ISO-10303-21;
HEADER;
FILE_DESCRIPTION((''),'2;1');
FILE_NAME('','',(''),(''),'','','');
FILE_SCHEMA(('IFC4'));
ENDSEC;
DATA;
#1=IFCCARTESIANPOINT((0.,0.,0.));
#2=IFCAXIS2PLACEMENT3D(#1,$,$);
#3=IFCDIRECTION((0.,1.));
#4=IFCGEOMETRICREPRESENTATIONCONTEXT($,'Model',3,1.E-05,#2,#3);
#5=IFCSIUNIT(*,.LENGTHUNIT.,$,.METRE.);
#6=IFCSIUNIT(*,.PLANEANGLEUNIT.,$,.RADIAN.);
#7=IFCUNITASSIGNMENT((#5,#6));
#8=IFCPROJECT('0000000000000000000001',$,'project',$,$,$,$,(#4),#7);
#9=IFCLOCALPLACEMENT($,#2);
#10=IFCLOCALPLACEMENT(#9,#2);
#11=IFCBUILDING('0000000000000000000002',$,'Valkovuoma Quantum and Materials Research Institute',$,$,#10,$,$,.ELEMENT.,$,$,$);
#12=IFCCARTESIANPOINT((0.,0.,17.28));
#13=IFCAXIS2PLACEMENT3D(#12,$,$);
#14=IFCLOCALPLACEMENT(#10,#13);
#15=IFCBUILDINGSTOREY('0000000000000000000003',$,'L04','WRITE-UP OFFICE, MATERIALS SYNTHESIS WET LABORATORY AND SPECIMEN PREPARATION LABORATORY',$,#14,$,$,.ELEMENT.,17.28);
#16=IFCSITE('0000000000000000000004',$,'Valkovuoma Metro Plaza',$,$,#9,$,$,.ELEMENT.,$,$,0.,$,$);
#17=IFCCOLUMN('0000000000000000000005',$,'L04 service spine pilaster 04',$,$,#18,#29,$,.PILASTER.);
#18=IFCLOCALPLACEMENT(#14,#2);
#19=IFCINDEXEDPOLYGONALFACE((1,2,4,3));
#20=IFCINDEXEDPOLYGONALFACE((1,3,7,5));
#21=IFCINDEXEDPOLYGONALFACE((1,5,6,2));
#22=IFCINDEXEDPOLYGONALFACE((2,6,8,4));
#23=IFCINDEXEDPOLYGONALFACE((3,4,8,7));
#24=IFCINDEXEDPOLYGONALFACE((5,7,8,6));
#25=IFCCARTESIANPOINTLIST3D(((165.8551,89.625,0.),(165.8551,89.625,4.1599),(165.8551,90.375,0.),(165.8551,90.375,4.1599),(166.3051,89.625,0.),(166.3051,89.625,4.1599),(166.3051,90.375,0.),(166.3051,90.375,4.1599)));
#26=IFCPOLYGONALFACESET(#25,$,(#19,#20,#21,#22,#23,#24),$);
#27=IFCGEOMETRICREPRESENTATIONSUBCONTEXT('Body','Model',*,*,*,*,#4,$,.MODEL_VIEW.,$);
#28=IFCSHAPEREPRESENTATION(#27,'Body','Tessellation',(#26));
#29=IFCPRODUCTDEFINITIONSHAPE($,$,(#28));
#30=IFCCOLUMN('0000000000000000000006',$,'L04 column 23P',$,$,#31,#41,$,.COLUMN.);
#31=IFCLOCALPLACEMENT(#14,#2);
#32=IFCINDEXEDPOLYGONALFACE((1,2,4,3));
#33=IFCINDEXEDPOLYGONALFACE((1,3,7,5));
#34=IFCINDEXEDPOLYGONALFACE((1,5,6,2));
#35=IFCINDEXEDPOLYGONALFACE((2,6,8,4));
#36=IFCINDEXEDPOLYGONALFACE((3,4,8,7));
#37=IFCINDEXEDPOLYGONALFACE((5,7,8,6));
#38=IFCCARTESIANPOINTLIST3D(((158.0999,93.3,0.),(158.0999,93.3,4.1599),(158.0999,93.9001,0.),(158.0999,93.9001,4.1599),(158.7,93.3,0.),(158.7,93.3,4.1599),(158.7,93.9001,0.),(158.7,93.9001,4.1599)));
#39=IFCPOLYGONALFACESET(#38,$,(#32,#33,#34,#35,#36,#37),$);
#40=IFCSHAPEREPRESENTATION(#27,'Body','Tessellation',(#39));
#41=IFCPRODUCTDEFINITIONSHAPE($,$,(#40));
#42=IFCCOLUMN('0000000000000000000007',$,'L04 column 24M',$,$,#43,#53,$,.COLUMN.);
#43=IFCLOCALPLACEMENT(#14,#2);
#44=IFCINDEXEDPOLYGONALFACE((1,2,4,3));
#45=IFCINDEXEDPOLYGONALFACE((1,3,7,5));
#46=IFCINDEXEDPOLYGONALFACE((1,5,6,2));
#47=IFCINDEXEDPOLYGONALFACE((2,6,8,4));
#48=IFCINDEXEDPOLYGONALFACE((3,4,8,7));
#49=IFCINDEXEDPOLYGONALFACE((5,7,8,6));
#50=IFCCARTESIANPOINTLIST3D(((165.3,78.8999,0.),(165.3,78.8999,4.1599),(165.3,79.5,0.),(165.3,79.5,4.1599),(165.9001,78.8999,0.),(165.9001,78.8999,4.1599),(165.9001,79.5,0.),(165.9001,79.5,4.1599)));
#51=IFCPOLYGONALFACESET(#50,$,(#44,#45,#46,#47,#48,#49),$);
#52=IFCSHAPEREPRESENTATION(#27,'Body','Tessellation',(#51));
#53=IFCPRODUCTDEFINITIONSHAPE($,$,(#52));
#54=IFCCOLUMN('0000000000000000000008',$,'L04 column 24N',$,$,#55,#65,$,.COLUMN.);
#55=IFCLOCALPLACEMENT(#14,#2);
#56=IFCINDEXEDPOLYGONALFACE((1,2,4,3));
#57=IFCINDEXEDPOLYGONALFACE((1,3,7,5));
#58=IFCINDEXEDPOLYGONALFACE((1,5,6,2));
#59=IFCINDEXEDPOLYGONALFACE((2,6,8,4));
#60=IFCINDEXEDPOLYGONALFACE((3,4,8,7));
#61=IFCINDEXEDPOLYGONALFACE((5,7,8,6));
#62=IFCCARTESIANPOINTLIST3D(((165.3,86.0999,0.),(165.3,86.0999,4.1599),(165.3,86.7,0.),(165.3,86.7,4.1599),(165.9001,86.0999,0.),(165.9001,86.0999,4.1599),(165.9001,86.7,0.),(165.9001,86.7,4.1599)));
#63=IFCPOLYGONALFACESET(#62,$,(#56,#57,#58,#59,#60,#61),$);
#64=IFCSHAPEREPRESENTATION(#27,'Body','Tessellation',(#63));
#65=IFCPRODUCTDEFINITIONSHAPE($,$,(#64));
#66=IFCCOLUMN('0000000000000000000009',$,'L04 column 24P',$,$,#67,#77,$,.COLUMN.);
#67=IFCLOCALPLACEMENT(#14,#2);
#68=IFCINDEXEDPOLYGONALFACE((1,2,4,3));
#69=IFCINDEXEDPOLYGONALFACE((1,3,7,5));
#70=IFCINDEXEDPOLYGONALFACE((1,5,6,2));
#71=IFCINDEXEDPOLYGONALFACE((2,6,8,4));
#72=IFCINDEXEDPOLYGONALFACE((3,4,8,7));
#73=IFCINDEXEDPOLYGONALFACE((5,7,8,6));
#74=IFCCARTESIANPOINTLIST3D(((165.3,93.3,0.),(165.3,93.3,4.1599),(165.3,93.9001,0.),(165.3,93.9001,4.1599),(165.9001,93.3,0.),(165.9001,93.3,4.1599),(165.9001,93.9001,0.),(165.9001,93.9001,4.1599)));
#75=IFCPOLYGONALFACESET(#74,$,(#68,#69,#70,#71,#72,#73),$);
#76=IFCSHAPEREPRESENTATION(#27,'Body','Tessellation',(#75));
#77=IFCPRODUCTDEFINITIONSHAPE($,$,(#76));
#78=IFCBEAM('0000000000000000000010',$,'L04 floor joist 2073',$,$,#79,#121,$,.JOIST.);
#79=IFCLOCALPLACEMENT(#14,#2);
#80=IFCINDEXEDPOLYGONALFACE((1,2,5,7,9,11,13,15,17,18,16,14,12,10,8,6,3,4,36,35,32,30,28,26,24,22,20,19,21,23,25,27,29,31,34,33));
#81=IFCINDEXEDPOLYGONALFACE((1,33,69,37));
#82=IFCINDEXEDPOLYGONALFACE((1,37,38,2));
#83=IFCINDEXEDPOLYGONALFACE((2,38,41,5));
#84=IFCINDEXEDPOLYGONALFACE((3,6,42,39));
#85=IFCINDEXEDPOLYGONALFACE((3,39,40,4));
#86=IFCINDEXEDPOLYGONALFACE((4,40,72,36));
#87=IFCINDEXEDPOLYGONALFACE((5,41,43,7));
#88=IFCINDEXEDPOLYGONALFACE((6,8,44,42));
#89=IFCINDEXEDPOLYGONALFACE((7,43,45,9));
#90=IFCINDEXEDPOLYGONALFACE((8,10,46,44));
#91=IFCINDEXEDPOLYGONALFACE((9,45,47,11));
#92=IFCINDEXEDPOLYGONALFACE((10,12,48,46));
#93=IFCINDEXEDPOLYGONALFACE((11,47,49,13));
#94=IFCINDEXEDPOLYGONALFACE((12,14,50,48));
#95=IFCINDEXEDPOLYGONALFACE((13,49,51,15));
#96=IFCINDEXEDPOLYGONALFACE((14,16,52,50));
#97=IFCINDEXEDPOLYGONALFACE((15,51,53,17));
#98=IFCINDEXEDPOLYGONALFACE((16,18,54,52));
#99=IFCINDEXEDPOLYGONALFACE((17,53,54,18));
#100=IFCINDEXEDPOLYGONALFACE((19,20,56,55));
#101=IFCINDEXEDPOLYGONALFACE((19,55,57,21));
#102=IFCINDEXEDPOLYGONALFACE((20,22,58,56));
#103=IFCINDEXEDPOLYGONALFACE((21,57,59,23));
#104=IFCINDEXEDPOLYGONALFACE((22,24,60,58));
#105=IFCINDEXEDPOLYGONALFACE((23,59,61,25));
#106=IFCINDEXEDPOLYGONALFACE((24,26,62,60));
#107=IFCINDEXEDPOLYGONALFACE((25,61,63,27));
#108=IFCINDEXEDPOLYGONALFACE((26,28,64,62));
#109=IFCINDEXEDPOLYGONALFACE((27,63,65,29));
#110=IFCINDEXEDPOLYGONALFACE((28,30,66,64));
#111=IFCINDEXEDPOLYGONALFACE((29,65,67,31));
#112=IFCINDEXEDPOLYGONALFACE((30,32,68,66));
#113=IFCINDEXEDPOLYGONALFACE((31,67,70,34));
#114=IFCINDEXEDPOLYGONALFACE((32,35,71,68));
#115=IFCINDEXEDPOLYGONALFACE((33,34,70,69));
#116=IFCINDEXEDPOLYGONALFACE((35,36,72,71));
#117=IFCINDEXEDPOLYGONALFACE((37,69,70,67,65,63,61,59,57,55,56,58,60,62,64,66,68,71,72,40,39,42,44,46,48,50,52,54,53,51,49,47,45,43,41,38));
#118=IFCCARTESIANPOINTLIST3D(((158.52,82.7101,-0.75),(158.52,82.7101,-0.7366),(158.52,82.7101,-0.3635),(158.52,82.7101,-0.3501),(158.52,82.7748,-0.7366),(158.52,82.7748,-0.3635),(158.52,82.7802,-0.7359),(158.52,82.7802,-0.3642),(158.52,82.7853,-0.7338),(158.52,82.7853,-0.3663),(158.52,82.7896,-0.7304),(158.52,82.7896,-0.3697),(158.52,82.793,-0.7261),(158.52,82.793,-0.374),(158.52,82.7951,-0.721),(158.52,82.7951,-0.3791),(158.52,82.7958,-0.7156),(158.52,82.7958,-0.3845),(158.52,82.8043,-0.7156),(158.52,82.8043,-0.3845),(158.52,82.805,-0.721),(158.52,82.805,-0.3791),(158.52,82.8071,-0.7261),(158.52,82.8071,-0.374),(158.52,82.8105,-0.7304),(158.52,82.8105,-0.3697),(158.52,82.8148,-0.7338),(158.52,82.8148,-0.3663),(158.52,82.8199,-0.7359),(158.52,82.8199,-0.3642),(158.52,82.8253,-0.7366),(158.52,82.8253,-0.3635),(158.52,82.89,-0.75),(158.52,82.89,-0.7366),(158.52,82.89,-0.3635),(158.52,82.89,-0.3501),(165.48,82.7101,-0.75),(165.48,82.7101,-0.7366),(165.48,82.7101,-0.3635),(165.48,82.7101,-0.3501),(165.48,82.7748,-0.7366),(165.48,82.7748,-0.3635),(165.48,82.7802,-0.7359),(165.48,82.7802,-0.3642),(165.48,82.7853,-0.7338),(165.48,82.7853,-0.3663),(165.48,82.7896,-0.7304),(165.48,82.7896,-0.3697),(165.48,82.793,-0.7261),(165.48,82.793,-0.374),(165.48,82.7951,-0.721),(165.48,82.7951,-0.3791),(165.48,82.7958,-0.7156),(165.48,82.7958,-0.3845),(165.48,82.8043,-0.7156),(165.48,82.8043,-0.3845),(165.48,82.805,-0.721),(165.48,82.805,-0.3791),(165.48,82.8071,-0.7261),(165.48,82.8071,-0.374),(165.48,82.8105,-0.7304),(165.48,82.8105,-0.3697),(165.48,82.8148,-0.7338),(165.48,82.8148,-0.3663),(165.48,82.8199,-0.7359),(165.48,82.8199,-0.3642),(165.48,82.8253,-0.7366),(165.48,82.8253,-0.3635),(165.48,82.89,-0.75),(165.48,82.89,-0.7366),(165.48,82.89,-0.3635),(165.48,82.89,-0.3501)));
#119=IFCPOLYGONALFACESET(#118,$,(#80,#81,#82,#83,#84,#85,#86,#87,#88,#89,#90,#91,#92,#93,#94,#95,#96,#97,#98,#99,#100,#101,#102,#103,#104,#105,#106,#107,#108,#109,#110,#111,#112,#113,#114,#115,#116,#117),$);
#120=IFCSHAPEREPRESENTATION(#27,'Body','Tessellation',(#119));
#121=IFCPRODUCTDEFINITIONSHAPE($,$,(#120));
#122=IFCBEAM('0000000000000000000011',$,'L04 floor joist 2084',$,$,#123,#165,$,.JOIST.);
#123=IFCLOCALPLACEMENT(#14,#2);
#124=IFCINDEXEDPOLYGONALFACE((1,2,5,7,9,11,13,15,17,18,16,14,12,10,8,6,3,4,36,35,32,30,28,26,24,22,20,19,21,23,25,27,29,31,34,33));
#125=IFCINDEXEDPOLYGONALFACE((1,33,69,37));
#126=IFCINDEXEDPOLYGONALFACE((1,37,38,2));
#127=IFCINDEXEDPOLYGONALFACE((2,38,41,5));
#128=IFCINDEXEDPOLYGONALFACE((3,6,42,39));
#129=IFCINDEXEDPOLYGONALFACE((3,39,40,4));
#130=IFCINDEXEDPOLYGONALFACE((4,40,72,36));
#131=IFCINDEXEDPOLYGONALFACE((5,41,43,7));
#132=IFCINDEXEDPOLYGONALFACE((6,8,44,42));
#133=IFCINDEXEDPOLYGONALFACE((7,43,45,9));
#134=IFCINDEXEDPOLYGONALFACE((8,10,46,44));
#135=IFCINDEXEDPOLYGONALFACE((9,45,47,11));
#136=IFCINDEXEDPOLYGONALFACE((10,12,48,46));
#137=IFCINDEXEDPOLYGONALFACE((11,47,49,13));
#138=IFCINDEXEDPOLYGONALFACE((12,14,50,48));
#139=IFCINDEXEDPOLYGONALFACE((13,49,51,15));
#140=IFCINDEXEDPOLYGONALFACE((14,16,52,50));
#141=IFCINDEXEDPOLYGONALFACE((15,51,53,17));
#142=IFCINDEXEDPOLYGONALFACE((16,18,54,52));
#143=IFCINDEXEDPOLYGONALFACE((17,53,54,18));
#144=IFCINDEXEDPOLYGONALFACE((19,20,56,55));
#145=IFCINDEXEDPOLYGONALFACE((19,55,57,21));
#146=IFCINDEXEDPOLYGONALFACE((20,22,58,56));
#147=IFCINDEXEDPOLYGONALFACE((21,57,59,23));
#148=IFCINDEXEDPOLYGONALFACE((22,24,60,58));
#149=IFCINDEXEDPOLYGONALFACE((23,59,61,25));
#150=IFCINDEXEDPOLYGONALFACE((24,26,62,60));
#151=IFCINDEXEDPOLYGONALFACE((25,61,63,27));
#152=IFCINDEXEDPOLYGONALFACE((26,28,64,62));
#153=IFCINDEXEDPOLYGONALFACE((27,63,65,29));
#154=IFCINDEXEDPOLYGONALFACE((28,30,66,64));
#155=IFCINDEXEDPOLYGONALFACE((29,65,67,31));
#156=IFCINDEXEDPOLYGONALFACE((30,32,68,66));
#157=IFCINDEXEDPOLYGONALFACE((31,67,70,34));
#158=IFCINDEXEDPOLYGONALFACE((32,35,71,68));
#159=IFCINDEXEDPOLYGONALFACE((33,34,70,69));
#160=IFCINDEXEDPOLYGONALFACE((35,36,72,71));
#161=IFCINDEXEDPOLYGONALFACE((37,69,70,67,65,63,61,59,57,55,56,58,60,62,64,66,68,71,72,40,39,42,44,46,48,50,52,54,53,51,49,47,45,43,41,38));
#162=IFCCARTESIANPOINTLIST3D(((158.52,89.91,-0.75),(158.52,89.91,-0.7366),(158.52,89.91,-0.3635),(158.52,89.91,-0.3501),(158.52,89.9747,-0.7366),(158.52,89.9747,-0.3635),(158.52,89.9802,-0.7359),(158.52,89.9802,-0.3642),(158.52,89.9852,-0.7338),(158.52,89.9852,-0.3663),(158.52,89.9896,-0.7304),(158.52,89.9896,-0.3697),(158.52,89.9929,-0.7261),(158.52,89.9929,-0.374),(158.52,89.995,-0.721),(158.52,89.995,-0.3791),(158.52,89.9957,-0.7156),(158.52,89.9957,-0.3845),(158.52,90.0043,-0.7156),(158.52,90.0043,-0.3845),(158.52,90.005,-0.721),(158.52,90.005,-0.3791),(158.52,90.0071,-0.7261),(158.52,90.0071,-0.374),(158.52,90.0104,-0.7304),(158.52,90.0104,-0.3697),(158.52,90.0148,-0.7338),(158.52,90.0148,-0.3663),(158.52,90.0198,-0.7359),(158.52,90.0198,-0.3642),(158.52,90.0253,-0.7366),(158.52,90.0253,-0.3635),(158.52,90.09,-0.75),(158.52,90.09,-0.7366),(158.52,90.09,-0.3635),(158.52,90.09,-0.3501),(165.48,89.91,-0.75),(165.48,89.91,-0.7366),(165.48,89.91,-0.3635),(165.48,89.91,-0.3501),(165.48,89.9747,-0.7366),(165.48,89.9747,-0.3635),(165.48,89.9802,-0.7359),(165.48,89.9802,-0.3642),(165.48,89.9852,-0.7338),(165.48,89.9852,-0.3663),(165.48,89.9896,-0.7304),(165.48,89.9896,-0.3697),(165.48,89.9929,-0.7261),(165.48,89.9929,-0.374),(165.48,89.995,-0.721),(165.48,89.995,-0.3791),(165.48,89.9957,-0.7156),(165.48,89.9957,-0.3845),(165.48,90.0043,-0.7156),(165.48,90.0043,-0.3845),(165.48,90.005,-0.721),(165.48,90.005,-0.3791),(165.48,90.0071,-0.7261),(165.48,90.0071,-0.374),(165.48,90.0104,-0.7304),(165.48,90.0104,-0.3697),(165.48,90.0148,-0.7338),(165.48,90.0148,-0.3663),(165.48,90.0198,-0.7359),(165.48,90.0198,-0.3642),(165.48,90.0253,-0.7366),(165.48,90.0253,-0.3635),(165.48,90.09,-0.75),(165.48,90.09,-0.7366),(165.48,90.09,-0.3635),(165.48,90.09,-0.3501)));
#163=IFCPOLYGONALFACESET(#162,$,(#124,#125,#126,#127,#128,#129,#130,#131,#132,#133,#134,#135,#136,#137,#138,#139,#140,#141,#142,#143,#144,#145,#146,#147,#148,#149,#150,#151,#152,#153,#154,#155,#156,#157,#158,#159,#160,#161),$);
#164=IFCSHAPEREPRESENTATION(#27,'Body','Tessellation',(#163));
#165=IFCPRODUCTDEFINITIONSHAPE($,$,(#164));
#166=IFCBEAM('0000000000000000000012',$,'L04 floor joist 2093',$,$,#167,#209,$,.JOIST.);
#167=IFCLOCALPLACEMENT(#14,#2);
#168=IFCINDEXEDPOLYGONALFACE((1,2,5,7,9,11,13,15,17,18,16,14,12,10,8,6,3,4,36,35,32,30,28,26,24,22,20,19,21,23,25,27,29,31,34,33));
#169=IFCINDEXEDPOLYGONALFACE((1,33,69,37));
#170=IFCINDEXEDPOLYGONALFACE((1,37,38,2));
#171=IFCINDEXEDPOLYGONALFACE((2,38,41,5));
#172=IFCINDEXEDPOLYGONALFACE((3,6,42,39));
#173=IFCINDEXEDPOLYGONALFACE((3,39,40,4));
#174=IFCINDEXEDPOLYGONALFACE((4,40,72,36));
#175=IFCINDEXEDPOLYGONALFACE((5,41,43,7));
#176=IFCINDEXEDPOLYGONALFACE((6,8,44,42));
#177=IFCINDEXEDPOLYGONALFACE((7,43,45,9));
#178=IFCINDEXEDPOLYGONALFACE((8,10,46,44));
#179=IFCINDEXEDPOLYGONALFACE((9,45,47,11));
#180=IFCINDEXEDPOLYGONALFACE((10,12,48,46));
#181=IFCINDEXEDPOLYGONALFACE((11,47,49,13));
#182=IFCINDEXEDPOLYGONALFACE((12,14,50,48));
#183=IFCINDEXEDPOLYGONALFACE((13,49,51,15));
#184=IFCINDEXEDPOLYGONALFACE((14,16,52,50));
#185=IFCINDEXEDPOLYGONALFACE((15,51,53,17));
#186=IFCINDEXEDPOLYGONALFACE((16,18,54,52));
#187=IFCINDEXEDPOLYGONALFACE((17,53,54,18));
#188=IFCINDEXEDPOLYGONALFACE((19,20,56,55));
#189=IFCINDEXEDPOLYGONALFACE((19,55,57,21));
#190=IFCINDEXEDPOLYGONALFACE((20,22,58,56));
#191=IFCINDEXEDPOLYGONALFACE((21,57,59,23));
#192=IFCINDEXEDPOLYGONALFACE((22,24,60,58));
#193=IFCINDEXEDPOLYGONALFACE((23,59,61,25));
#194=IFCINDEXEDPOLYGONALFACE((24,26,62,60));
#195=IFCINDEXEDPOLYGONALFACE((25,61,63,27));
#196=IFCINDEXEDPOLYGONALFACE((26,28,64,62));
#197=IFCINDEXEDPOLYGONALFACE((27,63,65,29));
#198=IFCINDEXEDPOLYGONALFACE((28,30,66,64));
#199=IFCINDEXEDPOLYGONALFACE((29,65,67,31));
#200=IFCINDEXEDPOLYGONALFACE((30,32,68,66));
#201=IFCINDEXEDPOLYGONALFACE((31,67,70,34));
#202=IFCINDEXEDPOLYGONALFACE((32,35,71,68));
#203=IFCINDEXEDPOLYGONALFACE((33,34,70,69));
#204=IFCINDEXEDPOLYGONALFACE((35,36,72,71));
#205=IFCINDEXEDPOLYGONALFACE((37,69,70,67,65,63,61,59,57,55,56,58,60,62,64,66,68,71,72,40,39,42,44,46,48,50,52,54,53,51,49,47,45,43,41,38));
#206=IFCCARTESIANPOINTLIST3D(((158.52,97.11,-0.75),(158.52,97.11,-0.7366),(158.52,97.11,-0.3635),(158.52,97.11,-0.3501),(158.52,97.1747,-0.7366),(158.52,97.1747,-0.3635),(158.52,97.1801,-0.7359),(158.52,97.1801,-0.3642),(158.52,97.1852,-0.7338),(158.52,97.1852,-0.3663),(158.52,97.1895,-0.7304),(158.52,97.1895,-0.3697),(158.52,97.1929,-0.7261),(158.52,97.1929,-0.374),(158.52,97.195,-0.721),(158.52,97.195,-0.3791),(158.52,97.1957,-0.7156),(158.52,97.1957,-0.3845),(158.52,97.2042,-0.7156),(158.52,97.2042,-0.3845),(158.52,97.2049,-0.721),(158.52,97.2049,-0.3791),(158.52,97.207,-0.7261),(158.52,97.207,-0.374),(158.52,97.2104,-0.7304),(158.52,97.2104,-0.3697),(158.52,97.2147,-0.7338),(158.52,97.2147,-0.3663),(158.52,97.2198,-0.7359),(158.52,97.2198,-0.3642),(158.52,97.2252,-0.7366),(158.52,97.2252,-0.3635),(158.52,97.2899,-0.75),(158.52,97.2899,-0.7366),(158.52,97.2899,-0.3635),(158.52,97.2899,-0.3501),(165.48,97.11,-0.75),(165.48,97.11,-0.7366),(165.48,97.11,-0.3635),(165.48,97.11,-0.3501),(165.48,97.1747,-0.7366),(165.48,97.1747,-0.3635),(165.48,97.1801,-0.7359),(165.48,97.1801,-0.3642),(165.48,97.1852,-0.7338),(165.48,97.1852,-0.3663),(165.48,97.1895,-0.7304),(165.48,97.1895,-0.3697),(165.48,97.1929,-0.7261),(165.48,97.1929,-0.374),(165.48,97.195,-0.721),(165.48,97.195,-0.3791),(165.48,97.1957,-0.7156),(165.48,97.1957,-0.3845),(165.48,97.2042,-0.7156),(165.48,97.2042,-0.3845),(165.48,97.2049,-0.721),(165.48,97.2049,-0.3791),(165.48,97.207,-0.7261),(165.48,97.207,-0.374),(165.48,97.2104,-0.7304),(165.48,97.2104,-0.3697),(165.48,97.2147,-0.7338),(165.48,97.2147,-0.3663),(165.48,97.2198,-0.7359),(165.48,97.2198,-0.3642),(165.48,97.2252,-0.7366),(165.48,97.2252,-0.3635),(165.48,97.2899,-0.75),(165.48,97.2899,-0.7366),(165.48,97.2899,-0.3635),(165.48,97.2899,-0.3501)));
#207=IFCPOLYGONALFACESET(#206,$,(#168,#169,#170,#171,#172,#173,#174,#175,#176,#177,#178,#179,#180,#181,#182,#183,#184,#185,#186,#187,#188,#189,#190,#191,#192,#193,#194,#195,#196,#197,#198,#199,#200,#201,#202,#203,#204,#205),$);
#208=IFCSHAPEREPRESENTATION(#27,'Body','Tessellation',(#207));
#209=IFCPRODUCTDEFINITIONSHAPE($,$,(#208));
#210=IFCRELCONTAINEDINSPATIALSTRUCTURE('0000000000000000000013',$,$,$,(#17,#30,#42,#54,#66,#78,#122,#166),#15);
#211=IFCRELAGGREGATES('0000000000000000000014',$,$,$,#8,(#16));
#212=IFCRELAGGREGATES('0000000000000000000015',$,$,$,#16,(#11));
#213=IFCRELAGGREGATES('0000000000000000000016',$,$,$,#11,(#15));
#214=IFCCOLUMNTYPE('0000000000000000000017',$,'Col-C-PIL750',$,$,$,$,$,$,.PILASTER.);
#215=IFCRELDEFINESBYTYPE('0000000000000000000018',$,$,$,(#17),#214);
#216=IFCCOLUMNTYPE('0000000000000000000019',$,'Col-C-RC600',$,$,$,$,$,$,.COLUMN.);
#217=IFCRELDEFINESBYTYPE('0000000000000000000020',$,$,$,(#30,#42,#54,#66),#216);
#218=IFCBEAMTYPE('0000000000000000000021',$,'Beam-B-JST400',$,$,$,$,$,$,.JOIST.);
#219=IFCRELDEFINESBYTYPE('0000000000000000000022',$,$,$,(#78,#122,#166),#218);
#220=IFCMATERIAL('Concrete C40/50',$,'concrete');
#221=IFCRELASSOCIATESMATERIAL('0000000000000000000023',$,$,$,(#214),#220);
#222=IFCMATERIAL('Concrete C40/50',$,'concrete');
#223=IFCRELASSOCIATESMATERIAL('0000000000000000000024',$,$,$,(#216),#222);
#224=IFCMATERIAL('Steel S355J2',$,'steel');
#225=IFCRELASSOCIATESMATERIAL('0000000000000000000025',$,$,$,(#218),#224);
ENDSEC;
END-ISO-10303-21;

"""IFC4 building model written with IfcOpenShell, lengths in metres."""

from ifc_helpers import new_model, si_unit, direction, frame, origin, origin_2d, place, context, subcontext, project, spatial, rectangle, i_section, extrude, material, material_profile, profile_set, type_object, element, save


model = new_model("IFC4")

# Units and contexts
model_context = context("Model", 3, precision=1e-05, world=origin(), true_north=direction((0.0, 1.0)))
body_context = subcontext(model_context, "Body", "Model", "MODEL_VIEW")
ifc_project = project(units=[si_unit("LENGTHUNIT", "METRE"), si_unit("PLANEANGLEUNIT", "RADIAN")], contexts=[model_context])

# Site, building, storey
site_placement = place(None, origin())
site = spatial("IfcSite", under=ifc_project, at=site_placement, Name="Valkovuoma Metro Plaza", CompositionType="ELEMENT", RefElevation=0.0)
building_placement = place(site_placement, origin())
building = spatial("IfcBuilding", under=site, at=building_placement, Name="Valkovuoma Quantum and Materials Research Institute", CompositionType="ELEMENT")
storey_placement = place(building_placement, frame((0.0, 0.0, 17.28)))
storey = spatial("IfcBuildingStorey", under=building, at=storey_placement, Name="L04", Description="WRITE-UP OFFICE, MATERIALS SYNTHESIS WET LABORATORY AND SPECIMEN PREPARATION LABORATORY", CompositionType="ELEMENT", Elevation=17.28)

# Columns
ifc_material_1 = material(Name="Concrete C40/50", Category="concrete")
ifc_material_profile_1 = material_profile(ifc_material_1, rectangle(XDim=0.45, YDim=0.75, at=origin_2d()), Name="Concrete C40/50")
ifc_profile_set_1 = profile_set([ifc_material_profile_1], Name="Concrete C40/50")
column_type_1 = type_object("IfcColumnType", Name="Col-C-PIL750", PredefinedType="PILASTER", material=ifc_profile_set_1)
column_placement = place(storey_placement, frame((166.0801, 90.0, 0.0), z_axis=(0.0, 0.0, 1.0), x_axis=(1.0, 0.0, 0.0)))
element("IfcColumn", 1, at=column_placement, inside=storey, type_object=column_type_1, Name="L04 service spine pilaster 04", PredefinedType="PILASTER", context=body_context, shape_type="SweptSolid", body=[
    extrude(rectangle(XDim=0.45, YDim=0.75, at=origin_2d()), origin(), (0.0, 0.0, 1.0), 4.1599),
])
ifc_material_2 = material(Name="Concrete C40/50", Category="concrete")
ifc_material_profile_2 = material_profile(ifc_material_2, rectangle(XDim=0.6001, YDim=0.6001, at=origin_2d()), Name="Concrete C40/50")
ifc_profile_set_2 = profile_set([ifc_material_profile_2], Name="Concrete C40/50")
column_type_2 = type_object("IfcColumnType", Name="Col-C-RC600", PredefinedType="COLUMN", material=ifc_profile_set_2)
for number, where, z_axis, x_axis, name in (
    (2, (158.3999, 93.6001, 0.0), (0.0, 0.0, 1.0), (1.0, 0.0, 0.0), "L04 column 23P"),
    (3, (165.6001, 79.2, 0.0), (0.0, 0.0, 1.0), (1.0, 0.0, 0.0), "L04 column 24M"),
    (4, (165.6001, 86.3999, 0.0), (0.0, 0.0, 1.0), (1.0, 0.0, 0.0), "L04 column 24N"),
    (5, (165.6001, 93.6001, 0.0), (0.0, 0.0, 1.0), (1.0, 0.0, 0.0), "L04 column 24P"),
):
    element("IfcColumn", number, at=place(storey_placement, frame(where, z_axis=z_axis, x_axis=x_axis)), inside=storey, type_object=column_type_2, Name=name, PredefinedType="COLUMN", context=body_context, shape_type="SweptSolid", body=[
        extrude(rectangle(XDim=0.6001, YDim=0.6001, at=origin_2d()), origin(), (0.0, 0.0, 1.0), 4.1599),
    ])

# Beams
ifc_material_3 = material(Name="Steel S355J2", Category="steel")
ifc_material_profile_3 = material_profile(ifc_material_3, i_section(OverallWidth=0.1799, OverallDepth=0.3999, WebThickness=0.0085, FlangeThickness=0.0134, FilletRadius=0.021, at=origin_2d()), Name="Steel S355J2")
ifc_profile_set_3 = profile_set([ifc_material_profile_3], Name="Steel S355J2")
beam_type_1 = type_object("IfcBeamType", Name="Beam-B-JST400", PredefinedType="JOIST", material=ifc_profile_set_3)
for number, where, z_axis, x_axis, name in (
    (6, (158.52, 82.8, -0.55), (1.0, 0.0, 0.0), (0.0, 1.0, 0.0), "L04 floor joist 2073"),
    (7, (158.52, 90.0, -0.55), (1.0, 0.0, 0.0), (0.0, 1.0, 0.0), "L04 floor joist 2084"),
    (8, (158.52, 97.2, -0.55), (1.0, 0.0, 0.0), (0.0, 1.0, 0.0), "L04 floor joist 2093"),
):
    element("IfcBeam", number, at=place(storey_placement, frame(where, z_axis=z_axis, x_axis=x_axis)), inside=storey, type_object=beam_type_1, Name=name, PredefinedType="JOIST", context=body_context, shape_type="SweptSolid", body=[
        extrude(i_section(OverallWidth=0.1799, OverallDepth=0.3999, WebThickness=0.0085, FlangeThickness=0.0134, FilletRadius=0.021, at=origin_2d()), origin(), (0.0, 0.0, 1.0), 6.96),
    ])

save(model, "model.ifc")
